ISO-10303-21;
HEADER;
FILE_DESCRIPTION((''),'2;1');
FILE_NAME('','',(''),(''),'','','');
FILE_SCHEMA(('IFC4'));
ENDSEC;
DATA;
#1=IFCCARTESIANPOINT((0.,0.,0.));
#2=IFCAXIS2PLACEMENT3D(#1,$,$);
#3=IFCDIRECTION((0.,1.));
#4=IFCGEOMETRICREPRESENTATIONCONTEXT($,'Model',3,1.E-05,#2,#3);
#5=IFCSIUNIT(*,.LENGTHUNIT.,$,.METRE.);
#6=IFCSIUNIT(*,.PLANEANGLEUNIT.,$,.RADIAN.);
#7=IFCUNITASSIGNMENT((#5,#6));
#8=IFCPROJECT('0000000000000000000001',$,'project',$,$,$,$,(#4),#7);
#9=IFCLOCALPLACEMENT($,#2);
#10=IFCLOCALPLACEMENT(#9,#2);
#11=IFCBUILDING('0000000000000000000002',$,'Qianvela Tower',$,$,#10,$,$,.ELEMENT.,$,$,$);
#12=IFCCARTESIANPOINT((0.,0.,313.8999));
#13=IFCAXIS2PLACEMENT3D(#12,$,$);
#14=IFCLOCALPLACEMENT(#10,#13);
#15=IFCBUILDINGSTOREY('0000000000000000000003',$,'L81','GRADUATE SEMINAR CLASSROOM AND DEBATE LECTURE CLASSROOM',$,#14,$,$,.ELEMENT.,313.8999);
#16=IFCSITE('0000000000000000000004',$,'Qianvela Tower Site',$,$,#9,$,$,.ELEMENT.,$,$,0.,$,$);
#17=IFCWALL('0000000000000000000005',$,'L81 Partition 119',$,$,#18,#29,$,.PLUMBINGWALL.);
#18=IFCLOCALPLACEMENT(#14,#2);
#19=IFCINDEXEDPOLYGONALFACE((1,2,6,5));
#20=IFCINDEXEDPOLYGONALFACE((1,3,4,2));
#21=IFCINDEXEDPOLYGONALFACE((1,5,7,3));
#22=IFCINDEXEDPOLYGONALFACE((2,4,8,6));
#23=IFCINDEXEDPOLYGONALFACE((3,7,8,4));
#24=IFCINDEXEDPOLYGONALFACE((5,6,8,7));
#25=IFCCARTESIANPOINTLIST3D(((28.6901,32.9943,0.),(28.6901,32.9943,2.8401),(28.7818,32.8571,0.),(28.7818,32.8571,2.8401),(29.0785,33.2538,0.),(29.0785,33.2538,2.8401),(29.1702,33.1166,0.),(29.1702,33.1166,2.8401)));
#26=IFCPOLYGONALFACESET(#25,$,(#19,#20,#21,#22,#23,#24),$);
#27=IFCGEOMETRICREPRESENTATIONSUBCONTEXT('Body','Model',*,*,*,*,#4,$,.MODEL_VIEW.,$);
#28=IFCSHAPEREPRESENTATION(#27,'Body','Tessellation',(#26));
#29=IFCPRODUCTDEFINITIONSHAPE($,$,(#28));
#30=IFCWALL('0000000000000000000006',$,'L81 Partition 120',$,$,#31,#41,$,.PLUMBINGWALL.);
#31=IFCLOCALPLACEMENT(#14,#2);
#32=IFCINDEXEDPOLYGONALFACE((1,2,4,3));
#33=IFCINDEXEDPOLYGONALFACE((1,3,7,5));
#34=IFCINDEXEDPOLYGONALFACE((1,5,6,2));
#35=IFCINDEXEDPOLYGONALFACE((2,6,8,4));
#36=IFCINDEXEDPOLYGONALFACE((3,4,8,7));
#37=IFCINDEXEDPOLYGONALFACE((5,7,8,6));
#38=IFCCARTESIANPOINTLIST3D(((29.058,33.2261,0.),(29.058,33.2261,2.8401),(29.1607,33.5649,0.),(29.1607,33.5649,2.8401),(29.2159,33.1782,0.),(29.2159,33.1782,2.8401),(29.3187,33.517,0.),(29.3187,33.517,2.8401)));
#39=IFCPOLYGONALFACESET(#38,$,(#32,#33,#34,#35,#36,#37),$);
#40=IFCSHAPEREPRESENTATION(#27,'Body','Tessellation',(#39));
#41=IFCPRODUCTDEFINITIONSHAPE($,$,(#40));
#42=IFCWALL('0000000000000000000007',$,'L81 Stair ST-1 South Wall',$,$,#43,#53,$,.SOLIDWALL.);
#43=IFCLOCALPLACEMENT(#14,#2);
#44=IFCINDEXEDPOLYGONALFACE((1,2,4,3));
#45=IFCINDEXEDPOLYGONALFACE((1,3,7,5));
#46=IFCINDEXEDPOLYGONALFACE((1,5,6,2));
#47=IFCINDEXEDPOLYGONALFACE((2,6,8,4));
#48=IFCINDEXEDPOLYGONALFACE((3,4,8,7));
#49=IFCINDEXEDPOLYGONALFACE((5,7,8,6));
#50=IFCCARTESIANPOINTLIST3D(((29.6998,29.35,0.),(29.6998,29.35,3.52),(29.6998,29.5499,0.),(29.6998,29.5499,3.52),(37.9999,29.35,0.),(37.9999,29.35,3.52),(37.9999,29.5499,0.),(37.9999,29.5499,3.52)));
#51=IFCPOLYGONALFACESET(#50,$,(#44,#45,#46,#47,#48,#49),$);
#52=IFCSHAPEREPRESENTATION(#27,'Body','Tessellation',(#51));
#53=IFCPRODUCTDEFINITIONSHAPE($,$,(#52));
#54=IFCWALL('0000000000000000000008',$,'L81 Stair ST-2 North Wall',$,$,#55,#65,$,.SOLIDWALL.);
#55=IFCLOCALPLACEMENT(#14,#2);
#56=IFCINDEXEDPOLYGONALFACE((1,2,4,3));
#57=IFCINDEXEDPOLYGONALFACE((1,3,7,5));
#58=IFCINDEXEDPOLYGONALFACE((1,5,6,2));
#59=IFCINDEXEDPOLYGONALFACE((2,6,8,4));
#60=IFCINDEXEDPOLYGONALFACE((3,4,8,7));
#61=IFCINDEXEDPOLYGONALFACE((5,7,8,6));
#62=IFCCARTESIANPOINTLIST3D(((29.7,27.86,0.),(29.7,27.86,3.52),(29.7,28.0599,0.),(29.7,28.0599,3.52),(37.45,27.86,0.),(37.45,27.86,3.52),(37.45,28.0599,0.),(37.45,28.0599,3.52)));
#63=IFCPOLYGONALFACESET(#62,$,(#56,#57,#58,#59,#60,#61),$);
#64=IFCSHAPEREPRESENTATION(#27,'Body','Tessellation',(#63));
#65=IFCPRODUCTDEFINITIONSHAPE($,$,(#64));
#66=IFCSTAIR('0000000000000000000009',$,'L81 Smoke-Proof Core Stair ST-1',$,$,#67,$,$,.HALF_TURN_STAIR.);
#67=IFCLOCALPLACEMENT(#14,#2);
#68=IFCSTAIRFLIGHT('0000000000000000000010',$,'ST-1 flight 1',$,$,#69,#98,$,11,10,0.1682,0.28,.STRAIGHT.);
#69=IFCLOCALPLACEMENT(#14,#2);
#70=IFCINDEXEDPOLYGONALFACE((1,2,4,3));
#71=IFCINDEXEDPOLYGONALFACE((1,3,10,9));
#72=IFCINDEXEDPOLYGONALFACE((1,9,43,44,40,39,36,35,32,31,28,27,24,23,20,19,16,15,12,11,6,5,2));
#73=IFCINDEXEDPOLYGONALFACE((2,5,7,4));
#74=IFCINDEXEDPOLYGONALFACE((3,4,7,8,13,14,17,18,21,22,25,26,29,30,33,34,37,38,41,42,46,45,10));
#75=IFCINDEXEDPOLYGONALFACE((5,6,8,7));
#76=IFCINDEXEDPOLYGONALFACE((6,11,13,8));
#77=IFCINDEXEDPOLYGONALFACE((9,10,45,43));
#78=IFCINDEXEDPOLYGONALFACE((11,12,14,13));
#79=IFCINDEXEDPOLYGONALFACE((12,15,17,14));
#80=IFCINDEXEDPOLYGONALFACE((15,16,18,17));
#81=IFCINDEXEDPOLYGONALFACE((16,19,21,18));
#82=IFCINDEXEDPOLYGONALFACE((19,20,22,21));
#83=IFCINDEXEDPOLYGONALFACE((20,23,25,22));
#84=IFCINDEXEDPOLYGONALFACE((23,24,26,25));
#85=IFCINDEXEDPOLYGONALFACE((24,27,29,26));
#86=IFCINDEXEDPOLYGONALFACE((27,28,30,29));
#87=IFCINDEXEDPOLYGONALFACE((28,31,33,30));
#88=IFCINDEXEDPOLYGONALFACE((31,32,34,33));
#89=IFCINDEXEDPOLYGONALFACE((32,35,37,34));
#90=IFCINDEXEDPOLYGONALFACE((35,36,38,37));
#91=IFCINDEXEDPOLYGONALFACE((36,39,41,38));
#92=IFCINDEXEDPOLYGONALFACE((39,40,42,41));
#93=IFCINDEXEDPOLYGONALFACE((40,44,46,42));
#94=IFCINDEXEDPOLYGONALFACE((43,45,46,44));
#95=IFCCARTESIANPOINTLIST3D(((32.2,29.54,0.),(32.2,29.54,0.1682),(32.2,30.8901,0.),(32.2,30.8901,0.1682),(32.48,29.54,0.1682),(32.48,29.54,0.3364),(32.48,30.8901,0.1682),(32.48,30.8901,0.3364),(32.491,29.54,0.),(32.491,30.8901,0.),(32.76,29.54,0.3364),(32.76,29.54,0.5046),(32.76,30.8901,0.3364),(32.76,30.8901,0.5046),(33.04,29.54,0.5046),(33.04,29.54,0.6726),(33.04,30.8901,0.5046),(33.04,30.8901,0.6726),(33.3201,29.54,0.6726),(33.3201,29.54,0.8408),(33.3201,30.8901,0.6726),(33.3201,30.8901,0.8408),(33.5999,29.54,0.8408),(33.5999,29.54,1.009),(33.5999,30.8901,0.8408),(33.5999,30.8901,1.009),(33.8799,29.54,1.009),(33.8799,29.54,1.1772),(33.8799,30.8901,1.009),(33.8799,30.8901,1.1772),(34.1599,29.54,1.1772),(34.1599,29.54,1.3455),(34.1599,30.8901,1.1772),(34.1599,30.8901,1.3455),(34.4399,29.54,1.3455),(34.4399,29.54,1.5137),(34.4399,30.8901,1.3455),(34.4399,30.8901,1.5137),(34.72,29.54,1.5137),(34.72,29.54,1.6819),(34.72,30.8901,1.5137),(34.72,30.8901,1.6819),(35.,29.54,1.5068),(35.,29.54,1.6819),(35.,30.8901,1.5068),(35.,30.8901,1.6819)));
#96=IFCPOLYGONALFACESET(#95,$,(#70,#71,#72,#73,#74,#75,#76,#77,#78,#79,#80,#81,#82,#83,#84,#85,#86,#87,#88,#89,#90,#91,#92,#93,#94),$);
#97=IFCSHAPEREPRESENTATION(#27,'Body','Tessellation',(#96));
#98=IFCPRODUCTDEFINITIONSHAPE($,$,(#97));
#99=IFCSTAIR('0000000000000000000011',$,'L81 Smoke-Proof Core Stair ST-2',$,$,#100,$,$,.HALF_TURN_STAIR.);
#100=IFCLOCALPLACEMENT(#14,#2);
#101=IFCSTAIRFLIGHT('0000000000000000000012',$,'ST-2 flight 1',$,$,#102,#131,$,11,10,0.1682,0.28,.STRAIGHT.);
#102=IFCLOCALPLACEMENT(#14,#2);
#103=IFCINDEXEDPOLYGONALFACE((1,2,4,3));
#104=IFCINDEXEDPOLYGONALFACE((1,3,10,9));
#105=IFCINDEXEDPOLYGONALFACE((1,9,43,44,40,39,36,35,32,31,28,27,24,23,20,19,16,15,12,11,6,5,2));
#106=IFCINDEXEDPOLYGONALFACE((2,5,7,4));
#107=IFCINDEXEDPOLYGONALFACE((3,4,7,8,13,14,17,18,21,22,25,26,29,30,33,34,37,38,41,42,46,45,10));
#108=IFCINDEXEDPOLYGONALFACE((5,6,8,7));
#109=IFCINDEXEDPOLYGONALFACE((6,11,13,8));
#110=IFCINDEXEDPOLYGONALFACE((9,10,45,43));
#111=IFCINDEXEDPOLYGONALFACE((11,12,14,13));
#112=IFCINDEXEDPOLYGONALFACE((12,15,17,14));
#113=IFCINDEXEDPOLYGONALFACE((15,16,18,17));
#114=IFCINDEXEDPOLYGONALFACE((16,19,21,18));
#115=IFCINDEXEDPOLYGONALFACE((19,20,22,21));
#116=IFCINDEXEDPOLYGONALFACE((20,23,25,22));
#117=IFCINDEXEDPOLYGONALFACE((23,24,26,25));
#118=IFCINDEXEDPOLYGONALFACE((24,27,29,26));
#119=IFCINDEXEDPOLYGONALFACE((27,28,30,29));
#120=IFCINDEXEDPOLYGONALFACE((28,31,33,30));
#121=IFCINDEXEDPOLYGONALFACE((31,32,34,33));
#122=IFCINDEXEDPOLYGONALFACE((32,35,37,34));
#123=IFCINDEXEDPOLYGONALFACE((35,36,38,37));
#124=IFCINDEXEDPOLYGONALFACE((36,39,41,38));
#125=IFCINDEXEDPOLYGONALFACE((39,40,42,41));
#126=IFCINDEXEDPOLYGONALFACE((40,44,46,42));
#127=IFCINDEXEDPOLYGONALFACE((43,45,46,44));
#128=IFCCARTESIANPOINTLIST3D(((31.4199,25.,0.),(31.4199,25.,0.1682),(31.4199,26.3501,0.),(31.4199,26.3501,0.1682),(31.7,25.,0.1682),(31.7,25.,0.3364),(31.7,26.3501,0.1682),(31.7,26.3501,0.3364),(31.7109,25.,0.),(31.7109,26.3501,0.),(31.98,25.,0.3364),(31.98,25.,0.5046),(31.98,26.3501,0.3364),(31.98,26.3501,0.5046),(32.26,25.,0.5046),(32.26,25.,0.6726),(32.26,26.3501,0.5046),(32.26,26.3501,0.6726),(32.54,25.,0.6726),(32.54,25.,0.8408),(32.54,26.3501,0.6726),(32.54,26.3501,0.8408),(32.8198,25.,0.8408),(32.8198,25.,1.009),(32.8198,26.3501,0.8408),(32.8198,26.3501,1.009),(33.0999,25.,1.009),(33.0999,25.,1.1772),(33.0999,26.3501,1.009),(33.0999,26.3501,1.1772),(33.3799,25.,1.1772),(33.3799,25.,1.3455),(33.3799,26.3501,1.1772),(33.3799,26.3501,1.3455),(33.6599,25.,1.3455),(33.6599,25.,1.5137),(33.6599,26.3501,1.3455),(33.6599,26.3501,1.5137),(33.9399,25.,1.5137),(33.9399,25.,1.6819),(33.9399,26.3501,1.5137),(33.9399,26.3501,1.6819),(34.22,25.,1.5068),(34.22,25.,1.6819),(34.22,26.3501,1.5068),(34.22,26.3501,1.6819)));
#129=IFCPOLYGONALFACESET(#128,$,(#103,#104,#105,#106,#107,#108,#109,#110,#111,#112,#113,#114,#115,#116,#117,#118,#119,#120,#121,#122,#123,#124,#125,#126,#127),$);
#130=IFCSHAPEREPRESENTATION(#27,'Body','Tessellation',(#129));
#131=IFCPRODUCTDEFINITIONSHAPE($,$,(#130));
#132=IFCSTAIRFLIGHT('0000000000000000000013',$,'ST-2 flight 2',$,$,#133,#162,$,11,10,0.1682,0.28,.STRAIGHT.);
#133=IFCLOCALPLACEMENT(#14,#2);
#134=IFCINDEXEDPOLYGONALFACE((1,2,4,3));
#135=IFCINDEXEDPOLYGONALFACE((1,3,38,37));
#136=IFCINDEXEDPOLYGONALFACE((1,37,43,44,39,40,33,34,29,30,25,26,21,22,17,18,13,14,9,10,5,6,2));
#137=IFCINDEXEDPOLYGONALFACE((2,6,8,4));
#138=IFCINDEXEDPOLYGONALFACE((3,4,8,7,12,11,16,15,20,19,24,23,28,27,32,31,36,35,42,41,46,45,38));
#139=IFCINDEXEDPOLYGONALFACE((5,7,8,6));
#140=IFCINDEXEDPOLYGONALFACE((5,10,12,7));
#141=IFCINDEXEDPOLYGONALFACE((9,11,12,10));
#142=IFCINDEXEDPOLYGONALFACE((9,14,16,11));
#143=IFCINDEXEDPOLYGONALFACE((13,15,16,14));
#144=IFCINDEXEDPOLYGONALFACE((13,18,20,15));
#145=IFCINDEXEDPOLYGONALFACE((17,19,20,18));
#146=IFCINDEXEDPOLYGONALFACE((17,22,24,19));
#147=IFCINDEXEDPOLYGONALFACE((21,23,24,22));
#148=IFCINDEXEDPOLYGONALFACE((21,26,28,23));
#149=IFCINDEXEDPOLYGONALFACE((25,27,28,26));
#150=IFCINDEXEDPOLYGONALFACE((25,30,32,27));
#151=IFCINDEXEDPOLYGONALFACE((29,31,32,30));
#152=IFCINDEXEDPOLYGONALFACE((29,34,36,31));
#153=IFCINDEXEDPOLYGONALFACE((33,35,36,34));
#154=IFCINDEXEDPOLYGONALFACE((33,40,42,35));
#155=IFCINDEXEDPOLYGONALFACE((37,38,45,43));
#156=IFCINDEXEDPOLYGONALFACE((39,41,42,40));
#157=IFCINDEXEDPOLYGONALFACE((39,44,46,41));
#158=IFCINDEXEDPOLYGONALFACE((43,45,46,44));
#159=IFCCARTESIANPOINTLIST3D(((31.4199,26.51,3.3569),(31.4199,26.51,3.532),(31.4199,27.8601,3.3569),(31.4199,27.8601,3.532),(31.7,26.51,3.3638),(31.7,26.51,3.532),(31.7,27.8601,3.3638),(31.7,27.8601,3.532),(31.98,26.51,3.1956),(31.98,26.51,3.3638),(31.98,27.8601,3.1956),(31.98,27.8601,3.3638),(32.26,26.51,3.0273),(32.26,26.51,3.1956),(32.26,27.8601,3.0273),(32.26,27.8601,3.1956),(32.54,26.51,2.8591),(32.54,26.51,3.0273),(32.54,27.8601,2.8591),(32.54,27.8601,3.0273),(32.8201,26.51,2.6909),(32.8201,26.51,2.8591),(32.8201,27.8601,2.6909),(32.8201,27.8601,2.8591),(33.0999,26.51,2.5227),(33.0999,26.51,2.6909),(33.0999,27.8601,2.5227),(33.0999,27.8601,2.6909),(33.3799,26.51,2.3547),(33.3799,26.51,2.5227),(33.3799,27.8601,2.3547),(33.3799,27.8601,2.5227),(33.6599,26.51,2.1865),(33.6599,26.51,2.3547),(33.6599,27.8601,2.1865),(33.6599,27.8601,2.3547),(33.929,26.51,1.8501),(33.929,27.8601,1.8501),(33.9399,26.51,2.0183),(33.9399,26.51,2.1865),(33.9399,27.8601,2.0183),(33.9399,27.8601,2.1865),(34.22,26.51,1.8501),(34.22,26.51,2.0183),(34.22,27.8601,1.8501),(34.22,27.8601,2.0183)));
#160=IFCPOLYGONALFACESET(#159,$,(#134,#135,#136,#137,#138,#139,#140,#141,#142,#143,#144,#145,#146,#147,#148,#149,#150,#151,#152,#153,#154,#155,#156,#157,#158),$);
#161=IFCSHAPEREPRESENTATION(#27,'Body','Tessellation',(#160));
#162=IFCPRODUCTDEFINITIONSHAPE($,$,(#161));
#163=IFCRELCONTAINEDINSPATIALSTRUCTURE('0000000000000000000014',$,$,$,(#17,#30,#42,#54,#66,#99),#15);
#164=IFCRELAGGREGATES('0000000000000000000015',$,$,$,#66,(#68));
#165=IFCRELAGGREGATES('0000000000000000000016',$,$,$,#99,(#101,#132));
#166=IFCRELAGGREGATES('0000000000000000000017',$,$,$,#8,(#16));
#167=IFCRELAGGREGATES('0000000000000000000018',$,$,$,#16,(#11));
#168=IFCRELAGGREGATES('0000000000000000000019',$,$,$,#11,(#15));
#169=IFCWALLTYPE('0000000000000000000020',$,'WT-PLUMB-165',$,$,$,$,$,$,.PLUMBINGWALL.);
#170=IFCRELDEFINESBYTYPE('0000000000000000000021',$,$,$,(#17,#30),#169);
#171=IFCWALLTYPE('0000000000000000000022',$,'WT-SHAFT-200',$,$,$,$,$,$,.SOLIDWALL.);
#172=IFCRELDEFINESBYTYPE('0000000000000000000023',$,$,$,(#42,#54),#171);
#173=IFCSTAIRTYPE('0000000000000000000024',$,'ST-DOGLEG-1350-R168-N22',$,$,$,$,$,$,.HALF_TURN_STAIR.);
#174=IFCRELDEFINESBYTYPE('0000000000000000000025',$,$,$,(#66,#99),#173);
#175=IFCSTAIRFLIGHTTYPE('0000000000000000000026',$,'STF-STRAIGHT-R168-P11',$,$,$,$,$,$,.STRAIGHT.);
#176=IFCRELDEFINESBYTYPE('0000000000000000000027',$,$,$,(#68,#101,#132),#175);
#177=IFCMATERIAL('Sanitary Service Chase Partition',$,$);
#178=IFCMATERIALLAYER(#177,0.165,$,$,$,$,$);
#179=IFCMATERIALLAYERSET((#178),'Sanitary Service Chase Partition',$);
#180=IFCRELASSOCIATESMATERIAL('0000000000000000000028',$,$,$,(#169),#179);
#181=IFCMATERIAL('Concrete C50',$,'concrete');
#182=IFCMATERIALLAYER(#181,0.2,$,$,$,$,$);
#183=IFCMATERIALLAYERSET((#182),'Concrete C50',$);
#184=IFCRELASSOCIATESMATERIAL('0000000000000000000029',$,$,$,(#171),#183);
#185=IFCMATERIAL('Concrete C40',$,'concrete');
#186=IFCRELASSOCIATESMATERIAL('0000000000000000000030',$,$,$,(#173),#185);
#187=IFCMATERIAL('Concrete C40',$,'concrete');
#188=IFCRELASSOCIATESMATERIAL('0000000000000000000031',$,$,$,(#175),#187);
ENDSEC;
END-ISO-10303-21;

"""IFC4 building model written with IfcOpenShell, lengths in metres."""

from ifc_helpers import new_model, si_unit, direction, frame, frame_2d, origin, place, context, subcontext, project, spatial, polyline, rectangle, outline, extrude, material, layer, layer_set, type_object, element, aggregate, save


model = new_model("IFC4")

# Units and contexts
model_context = context("Model", 3, precision=1e-05, world=origin(), true_north=direction((0.0, 1.0)))
body_context = subcontext(model_context, "Body", "Model", "MODEL_VIEW")
ifc_project = project(units=[si_unit("LENGTHUNIT", "METRE"), si_unit("PLANEANGLEUNIT", "RADIAN")], contexts=[model_context])

# Site, building, storey
site_placement = place(None, origin())
site = spatial("IfcSite", under=ifc_project, at=site_placement, Name="Qianvela Tower Site", CompositionType="ELEMENT", RefElevation=0.0)
building_placement = place(site_placement, origin())
building = spatial("IfcBuilding", under=site, at=building_placement, Name="Qianvela Tower", CompositionType="ELEMENT")
storey_placement = place(building_placement, frame((0.0, 0.0, 313.8999)))
storey = spatial("IfcBuildingStorey", under=building, at=storey_placement, Name="L81", Description="GRADUATE SEMINAR CLASSROOM AND DEBATE LECTURE CLASSROOM", CompositionType="ELEMENT", Elevation=313.8999)

# Shared definitions
ifc_material_1 = material(Name="Sanitary Service Chase Partition")
ifc_layer_1 = layer(ifc_material_1, 0.165)
ifc_layer_set_1 = layer_set([ifc_layer_1], Name="Sanitary Service Chase Partition")
wall_type_1 = type_object("IfcWallType", Name="WT-PLUMB-165", PredefinedType="PLUMBINGWALL", material=ifc_layer_set_1)

# Walls
wall_1_placement = place(storey_placement, frame((28.7361, 32.9258, 0.0), z_axis=(0.0, 0.0, 1.0), x_axis=(0.831487, 0.555544, 0.0)))
element("IfcWall", 1, at=wall_1_placement, inside=storey, type_object=wall_type_1, Name="L81 Partition 119", PredefinedType="PLUMBINGWALL", context=body_context, shape_type="SweptSolid", body=[
    extrude(rectangle(XDim=0.467, YDim=0.165, at=frame_2d((0.2334, 0.0))), origin(), (0.0, 0.0, 1.0), 2.8401),
])
wall_2_placement = place(storey_placement, frame((29.137, 33.2021, 0.0), z_axis=(0.0, 0.0, 1.0), x_axis=(0.290256, 0.956949, 0.0)))
element("IfcWall", 2, at=wall_2_placement, inside=storey, type_object=wall_type_1, Name="L81 Partition 120", PredefinedType="PLUMBINGWALL", context=body_context, shape_type="SweptSolid", body=[
    extrude(rectangle(XDim=0.354, YDim=0.165, at=frame_2d((0.177, 0.0))), origin(), (0.0, 0.0, 1.0), 2.8401),
])
ifc_material_2 = material(Name="Concrete C50", Category="concrete")
ifc_layer_2 = layer(ifc_material_2, 0.2)
ifc_layer_set_2 = layer_set([ifc_layer_2], Name="Concrete C50")
wall_type_2 = type_object("IfcWallType", Name="WT-SHAFT-200", PredefinedType="SOLIDWALL", material=ifc_layer_set_2)
wall_3_placement = place(storey_placement, frame((29.7, 29.45, 0.0), z_axis=(0.0, 0.0, 1.0), x_axis=(1.0, 0.0, 0.0)))
element("IfcWall", 3, at=wall_3_placement, inside=storey, type_object=wall_type_2, Name="L81 Stair ST-1 South Wall", PredefinedType="SOLIDWALL", context=body_context, shape_type="SweptSolid", body=[
    extrude(rectangle(XDim=8.3, YDim=0.2, at=frame_2d((4.1499, 0.0))), origin(), (0.0, 0.0, 1.0), 3.52),
])
wall_4_placement = place(storey_placement, frame((29.7, 27.96, 0.0), z_axis=(0.0, 0.0, 1.0), x_axis=(1.0, 0.0, 0.0)))
element("IfcWall", 4, at=wall_4_placement, inside=storey, type_object=wall_type_2, Name="L81 Stair ST-2 North Wall", PredefinedType="SOLIDWALL", context=body_context, shape_type="SweptSolid", body=[
    extrude(rectangle(XDim=7.75, YDim=0.2, at=frame_2d((3.875, 0.0))), origin(), (0.0, 0.0, 1.0), 3.52),
])

# Stair, stair flight
ifc_material_3 = material(Name="Concrete C40", Category="concrete")
stair_type = type_object("IfcStairType", Name="ST-DOGLEG-1350-R168-N22", PredefinedType="HALF_TURN_STAIR", material=ifc_material_3)
stair_1_placement = place(storey_placement, origin())
stair_1 = element("IfcStair", 5, at=stair_1_placement, inside=storey, type_object=stair_type, Name="L81 Smoke-Proof Core Stair ST-1", PredefinedType="HALF_TURN_STAIR")
ifc_material_4 = material(Name="Concrete C40", Category="concrete")
stair_flight_type = type_object("IfcStairFlightType", Name="STF-STRAIGHT-R168-P11", PredefinedType="STRAIGHT", material=ifc_material_4)
stair_flight_1_placement = place(storey_placement, frame((32.2, 30.2151, 0.0), z_axis=(0.0, 0.0, 1.0), x_axis=(1.0, 0.0, 0.0)))
stair_flight_1 = element("IfcStairFlight", 6, at=stair_flight_1_placement, type_object=stair_flight_type, Name="ST-1 flight 1", NumberOfRisers=11, NumberOfTreads=10, PredefinedType="STRAIGHT", RiserHeight=0.1682, TreadLength=0.28, context=body_context, shape_type="SweptSolid", body=[
    extrude(outline(polyline([(0.0, 0.0), (0.0, 0.1682), (0.28, 0.1682), (0.28, 0.3364), (0.5601, 0.3364), (0.5601, 0.5046), (0.8401, 0.5046), (0.8401, 0.6726), (1.1201, 0.6726), (1.1201, 0.8408), (1.3999, 0.8408), (1.3999, 1.009), (1.6799, 1.009), (1.6799, 1.1772), (1.96, 1.1772), (1.96, 1.3455), (2.24, 1.3455), (2.24, 1.5137), (2.52, 1.5137), (2.52, 1.6819), (2.8, 1.6819), (2.8, 1.8501), (2.8, 1.5068), (0.291, 0.0), (0.0, 0.0)])), frame((0.0, 0.675, 0.0), z_axis=(0.0, -1.0, 0.0), x_axis=(1.0, 0.0, 0.0)), (0.0, 0.0, 1.0), 1.3501),
])
aggregate(stair_1, [stair_flight_1])

# Stair, stair flights
stair_2_placement = place(storey_placement, origin())
stair_2 = element("IfcStair", 7, at=stair_2_placement, inside=storey, type_object=stair_type, Name="L81 Smoke-Proof Core Stair ST-2", PredefinedType="HALF_TURN_STAIR")
stair_flight_2_placement = place(storey_placement, frame((31.4199, 25.675, 0.0), z_axis=(0.0, 0.0, 1.0), x_axis=(1.0, 0.0, 0.0)))
stair_flight_2 = element("IfcStairFlight", 8, at=stair_flight_2_placement, type_object=stair_flight_type, Name="ST-2 flight 1", NumberOfRisers=11, NumberOfTreads=10, PredefinedType="STRAIGHT", RiserHeight=0.1682, TreadLength=0.28, context=body_context, shape_type="SweptSolid", body=[
    extrude(outline(polyline([(0.0, 0.0), (0.0, 0.1682), (0.28, 0.1682), (0.28, 0.3364), (0.5601, 0.3364), (0.5601, 0.5046), (0.8401, 0.5046), (0.8401, 0.6726), (1.1201, 0.6726), (1.1201, 0.8408), (1.3999, 0.8408), (1.3999, 1.009), (1.6799, 1.009), (1.6799, 1.1772), (1.96, 1.1772), (1.96, 1.3455), (2.24, 1.3455), (2.24, 1.5137), (2.52, 1.5137), (2.52, 1.6819), (2.8, 1.6819), (2.8, 1.8501), (2.8, 1.5068), (0.291, 0.0), (0.0, 0.0)])), frame((0.0, 0.675, 0.0), z_axis=(0.0, -1.0, 0.0), x_axis=(1.0, 0.0, 0.0)), (0.0, 0.0, 1.0), 1.3501),
])
stair_flight_3_placement = place(storey_placement, frame((34.22, 27.1851, 1.8501), z_axis=(0.0, 0.0, 1.0), x_axis=(-1.0, 0.0, 0.0)))
stair_flight_3 = element("IfcStairFlight", 9, at=stair_flight_3_placement, type_object=stair_flight_type, Name="ST-2 flight 2", NumberOfRisers=11, NumberOfTreads=10, PredefinedType="STRAIGHT", RiserHeight=0.1682, TreadLength=0.28, context=body_context, shape_type="SweptSolid", body=[
    extrude(outline(polyline([(0.0, 0.0), (0.0, 0.1682), (0.28, 0.1682), (0.28, 0.3364), (0.5601, 0.3364), (0.5601, 0.5046), (0.8401, 0.5046), (0.8401, 0.6726), (1.1201, 0.6726), (1.1201, 0.8408), (1.3999, 0.8408), (1.3999, 1.009), (1.6799, 1.009), (1.6799, 1.1772), (1.96, 1.1772), (1.96, 1.3455), (2.24, 1.3455), (2.24, 1.5137), (2.52, 1.5137), (2.52, 1.6819), (2.8, 1.6819), (2.8, 1.8501), (2.8, 1.5068), (0.291, 0.0), (0.0, 0.0)])), frame((0.0, 0.675, 0.0), z_axis=(0.0, -1.0, 0.0), x_axis=(1.0, 0.0, 0.0)), (0.0, 0.0, 1.0), 1.3501),
])
aggregate(stair_2, [stair_flight_2, stair_flight_3])

save(model, "model.ifc")
